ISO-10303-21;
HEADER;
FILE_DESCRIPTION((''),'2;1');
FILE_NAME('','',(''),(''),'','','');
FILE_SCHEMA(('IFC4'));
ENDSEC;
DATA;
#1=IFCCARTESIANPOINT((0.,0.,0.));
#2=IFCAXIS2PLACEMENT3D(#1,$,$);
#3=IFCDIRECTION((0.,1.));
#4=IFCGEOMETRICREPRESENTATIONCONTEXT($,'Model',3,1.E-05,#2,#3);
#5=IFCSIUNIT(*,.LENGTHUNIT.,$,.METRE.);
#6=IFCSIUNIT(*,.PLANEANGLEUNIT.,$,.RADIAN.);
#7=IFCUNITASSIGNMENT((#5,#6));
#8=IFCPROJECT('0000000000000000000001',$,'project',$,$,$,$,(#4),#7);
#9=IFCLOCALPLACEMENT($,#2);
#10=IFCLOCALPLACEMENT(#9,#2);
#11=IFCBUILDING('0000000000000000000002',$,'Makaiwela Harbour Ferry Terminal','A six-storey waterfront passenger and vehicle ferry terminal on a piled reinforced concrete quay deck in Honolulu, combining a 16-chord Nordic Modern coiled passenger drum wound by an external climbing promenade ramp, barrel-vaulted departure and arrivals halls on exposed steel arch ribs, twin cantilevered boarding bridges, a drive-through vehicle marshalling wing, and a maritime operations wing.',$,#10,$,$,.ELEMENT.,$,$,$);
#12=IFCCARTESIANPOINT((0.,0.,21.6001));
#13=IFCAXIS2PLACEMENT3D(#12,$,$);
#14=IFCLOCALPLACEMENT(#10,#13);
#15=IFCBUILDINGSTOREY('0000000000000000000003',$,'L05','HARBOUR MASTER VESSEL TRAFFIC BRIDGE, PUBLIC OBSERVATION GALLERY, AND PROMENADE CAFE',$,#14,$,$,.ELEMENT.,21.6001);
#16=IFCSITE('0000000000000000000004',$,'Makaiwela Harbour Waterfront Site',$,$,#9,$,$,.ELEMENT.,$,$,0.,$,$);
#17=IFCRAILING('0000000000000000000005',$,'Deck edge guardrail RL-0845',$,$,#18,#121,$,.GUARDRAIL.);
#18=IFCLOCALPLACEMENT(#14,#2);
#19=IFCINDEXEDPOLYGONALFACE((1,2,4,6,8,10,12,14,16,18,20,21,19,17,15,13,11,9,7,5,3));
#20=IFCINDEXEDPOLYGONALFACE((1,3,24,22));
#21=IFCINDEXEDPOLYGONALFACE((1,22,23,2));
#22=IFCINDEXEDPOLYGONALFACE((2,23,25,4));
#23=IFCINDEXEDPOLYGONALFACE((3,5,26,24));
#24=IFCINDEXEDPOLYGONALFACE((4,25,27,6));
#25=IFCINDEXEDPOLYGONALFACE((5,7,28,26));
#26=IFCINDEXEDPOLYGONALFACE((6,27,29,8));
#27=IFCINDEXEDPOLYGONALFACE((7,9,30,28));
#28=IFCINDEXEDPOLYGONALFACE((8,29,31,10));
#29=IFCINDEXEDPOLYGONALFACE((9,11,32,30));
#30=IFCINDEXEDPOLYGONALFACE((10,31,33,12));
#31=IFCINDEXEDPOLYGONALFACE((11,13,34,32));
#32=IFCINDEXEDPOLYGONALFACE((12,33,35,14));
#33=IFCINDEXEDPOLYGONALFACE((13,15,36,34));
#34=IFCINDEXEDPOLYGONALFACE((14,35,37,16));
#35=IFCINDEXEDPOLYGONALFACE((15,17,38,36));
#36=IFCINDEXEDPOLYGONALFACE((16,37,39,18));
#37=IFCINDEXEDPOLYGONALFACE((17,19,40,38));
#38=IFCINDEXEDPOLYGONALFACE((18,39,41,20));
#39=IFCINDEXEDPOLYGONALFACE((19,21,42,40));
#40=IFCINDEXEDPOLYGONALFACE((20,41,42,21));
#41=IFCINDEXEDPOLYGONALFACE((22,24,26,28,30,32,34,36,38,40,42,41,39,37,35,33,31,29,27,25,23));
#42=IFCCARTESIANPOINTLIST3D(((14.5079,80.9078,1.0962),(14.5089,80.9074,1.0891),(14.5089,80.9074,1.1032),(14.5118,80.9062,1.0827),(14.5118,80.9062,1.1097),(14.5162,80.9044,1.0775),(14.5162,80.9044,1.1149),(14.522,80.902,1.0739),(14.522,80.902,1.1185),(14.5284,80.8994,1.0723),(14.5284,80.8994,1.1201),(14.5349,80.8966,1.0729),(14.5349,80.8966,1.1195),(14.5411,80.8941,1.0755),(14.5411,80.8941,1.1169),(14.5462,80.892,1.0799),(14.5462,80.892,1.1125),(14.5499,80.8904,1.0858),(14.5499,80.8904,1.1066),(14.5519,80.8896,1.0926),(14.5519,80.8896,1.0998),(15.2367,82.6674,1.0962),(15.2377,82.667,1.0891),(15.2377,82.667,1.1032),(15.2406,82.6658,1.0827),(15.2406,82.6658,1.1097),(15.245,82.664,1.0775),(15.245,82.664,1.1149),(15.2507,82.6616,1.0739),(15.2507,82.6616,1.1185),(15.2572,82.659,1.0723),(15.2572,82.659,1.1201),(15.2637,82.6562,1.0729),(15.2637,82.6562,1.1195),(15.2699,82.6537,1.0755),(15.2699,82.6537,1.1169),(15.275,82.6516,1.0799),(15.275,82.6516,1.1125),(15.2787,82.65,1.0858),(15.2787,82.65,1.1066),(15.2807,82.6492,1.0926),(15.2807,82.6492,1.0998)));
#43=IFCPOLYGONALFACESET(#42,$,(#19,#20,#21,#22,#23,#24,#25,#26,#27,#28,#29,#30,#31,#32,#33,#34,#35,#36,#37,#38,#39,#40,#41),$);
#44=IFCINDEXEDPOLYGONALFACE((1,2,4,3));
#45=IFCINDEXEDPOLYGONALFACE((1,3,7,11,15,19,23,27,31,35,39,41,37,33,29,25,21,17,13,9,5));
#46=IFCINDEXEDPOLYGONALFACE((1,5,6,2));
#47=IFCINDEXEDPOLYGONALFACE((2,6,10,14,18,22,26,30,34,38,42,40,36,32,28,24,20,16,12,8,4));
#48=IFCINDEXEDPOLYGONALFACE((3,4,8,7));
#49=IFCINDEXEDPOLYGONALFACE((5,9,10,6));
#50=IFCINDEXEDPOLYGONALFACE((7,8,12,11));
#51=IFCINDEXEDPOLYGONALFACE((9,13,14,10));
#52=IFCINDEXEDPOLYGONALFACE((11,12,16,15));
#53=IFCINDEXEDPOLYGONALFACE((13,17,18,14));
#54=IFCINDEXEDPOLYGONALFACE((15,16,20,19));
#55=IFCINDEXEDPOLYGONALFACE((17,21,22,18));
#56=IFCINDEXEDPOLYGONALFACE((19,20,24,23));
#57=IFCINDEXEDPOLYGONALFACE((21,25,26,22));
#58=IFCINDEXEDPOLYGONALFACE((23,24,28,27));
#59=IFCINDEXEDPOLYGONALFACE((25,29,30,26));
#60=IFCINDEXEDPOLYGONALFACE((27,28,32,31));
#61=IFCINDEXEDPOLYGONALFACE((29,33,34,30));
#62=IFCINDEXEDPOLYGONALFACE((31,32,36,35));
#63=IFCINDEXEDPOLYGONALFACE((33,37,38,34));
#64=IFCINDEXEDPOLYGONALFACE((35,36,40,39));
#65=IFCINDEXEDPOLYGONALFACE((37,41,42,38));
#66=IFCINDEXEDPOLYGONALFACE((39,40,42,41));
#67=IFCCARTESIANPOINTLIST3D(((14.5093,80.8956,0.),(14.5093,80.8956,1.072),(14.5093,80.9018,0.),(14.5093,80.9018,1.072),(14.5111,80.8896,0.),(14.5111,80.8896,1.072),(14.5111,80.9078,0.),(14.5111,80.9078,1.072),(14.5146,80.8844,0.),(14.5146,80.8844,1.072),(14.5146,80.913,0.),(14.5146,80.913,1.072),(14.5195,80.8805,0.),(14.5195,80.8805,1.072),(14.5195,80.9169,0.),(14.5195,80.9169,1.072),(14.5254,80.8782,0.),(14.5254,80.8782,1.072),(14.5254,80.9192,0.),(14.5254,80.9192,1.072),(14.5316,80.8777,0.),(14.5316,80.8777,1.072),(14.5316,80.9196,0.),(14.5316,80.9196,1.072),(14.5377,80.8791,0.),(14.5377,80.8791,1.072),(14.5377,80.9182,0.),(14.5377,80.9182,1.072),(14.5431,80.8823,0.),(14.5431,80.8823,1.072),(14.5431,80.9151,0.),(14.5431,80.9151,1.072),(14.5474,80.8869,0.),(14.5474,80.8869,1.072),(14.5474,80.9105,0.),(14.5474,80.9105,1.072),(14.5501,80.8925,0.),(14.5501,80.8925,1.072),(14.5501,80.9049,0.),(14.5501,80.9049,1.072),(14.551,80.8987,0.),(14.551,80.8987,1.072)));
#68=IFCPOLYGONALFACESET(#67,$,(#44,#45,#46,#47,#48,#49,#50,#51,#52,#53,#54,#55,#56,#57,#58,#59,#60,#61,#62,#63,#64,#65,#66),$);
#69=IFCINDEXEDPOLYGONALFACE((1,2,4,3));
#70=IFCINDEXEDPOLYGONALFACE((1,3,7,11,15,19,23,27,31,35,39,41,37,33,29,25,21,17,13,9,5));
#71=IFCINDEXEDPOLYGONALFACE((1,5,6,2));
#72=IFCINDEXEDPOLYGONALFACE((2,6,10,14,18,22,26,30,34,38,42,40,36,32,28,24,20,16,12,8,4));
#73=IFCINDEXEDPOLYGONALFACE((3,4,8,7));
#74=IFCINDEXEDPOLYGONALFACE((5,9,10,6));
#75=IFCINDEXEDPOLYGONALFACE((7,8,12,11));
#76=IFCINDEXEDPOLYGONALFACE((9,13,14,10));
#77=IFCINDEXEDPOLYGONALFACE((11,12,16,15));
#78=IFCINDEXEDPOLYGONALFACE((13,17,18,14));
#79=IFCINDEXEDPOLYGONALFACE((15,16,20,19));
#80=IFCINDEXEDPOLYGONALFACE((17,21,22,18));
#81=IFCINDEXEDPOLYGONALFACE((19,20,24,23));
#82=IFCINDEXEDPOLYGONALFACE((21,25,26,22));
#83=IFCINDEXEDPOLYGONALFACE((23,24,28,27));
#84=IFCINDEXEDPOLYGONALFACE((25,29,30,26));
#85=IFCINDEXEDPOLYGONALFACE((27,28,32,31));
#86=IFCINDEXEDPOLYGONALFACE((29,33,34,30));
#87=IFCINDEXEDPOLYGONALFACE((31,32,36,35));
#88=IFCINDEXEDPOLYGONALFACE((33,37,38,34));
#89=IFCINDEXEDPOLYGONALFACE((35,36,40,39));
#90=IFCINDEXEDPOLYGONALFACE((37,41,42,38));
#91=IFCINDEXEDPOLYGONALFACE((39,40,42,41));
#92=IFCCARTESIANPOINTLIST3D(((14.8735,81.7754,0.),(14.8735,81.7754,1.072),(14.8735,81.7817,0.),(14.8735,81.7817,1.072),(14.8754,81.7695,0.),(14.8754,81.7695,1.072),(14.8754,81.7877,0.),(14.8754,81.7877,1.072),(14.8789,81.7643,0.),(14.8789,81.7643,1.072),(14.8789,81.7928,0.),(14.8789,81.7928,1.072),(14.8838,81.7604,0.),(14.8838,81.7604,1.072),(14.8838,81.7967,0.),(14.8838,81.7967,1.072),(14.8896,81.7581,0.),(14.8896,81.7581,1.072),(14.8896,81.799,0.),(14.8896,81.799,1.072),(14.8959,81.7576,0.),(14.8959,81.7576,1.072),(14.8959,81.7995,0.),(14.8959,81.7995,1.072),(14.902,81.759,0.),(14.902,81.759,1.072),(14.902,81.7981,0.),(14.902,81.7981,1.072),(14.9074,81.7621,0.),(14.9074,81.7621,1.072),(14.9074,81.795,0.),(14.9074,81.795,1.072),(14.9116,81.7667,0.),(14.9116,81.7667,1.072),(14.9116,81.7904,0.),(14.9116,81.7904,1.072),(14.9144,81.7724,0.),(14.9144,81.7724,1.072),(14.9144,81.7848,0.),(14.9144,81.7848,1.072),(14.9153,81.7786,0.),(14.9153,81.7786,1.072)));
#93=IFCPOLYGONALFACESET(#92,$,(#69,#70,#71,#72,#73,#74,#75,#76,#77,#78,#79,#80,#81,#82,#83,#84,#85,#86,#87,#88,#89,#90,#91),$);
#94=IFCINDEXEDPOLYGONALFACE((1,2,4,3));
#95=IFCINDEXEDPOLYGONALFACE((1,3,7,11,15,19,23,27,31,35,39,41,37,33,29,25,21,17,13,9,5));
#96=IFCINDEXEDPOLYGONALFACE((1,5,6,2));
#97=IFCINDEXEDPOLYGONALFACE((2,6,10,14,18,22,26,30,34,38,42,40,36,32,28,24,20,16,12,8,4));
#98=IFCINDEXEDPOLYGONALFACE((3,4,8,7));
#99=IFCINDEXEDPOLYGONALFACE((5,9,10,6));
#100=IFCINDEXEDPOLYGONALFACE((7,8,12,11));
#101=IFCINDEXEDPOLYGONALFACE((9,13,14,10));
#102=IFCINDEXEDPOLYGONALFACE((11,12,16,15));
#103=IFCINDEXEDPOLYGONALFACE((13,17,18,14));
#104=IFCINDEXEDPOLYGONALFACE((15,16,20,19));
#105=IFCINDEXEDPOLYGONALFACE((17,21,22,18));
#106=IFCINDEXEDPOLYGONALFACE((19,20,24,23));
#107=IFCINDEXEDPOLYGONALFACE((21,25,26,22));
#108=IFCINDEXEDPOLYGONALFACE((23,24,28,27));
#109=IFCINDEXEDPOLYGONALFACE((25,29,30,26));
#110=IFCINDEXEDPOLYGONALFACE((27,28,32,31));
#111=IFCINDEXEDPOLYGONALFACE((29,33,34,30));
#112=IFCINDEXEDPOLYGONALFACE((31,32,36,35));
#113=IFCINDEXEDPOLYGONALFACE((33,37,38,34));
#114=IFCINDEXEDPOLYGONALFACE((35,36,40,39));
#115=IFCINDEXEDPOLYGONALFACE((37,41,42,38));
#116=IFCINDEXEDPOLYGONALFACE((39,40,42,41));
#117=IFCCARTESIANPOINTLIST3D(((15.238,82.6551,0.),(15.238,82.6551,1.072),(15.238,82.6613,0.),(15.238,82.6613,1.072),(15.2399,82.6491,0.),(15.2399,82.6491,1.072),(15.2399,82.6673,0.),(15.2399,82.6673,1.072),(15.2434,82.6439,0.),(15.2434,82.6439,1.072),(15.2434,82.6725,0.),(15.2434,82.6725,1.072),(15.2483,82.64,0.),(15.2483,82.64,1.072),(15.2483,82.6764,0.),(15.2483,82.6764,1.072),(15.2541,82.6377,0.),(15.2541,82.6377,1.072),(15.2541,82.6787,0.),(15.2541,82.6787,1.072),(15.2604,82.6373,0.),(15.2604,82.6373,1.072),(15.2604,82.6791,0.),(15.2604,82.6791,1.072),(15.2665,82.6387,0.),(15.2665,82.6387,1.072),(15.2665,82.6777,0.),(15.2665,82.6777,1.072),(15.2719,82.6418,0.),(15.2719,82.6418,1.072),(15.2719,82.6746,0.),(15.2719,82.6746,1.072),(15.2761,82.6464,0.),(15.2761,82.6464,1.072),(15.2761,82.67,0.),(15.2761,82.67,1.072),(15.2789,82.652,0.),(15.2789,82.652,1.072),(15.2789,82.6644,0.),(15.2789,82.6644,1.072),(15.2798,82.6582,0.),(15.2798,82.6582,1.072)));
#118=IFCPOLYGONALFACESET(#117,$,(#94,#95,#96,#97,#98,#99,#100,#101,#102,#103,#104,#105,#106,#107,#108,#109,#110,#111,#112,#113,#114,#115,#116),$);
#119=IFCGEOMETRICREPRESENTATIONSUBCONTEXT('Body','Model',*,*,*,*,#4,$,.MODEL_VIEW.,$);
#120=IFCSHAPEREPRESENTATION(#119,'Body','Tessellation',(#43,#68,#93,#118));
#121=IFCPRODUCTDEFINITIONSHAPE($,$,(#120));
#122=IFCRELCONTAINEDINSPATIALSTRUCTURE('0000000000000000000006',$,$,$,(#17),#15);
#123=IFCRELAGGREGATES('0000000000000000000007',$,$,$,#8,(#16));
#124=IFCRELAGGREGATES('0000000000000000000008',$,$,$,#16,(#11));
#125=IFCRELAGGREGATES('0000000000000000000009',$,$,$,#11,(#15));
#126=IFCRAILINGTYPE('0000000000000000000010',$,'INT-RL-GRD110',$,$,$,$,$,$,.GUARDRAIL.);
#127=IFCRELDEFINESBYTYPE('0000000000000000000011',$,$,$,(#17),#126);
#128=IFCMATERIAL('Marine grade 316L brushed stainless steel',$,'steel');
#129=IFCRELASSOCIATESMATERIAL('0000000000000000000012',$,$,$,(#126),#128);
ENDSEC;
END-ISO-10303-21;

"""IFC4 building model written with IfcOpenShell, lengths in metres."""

from ifc_helpers import new_model, si_unit, direction, frame, origin, origin_2d, place, context, subcontext, project, spatial, circle, extrude, material, type_object, element, save


model = new_model("IFC4")

# Units and contexts
model_context = context("Model", 3, precision=1e-05, world=origin(), true_north=direction((0.0, 1.0)))
body_context = subcontext(model_context, "Body", "Model", "MODEL_VIEW")
ifc_project = project(units=[si_unit("LENGTHUNIT", "METRE"), si_unit("PLANEANGLEUNIT", "RADIAN")], contexts=[model_context])

# Site, building, storey
site_placement = place(None, origin())
site = spatial("IfcSite", under=ifc_project, at=site_placement, Name="Makaiwela Harbour Waterfront Site", CompositionType="ELEMENT", RefElevation=0.0)
building_placement = place(site_placement, origin())
building = spatial("IfcBuilding", under=site, at=building_placement, Name="Makaiwela Harbour Ferry Terminal", Description="A six-storey waterfront passenger and vehicle ferry terminal on a piled reinforced concrete quay deck in Honolulu, combining a 16-chord Nordic Modern coiled passenger drum wound by an external climbing promenade ramp, barrel-vaulted departure and arrivals halls on exposed steel arch ribs, twin cantilevered boarding bridges, a drive-through vehicle marshalling wing, and a maritime operations wing.", CompositionType="ELEMENT")
storey_placement = place(building_placement, frame((0.0, 0.0, 21.6001)))
storey = spatial("IfcBuildingStorey", under=building, at=storey_placement, Name="L05", Description="HARBOUR MASTER VESSEL TRAFFIC BRIDGE, PUBLIC OBSERVATION GALLERY, AND PROMENADE CAFE", CompositionType="ELEMENT", Elevation=21.6001)

# Railing
ifc_material_1 = material(Name="Marine grade 316L brushed stainless steel", Category="steel")
railing_type = type_object("IfcRailingType", Name="INT-RL-GRD110", PredefinedType="GUARDRAIL", material=ifc_material_1)
railing_1_placement = place(storey_placement, frame((14.53, 80.8987, 0.0)))
element("IfcRailing", 1, at=railing_1_placement, inside=storey, type_object=railing_type, Name="Deck edge guardrail RL-0845", PredefinedType="GUARDRAIL", context=body_context, shape_type="SweptSolid", body=[
    extrude(circle(Radius=0.0239, at=origin_2d()), frame((0.0, 0.0, 1.0962), z_axis=(0.382657, 0.92389, 0.0), x_axis=(-0.92389, 0.382657, 0.0)), (0.0, 0.0, 1.0), 1.9045),
    extrude(circle(Radius=0.021, at=origin_2d()), origin(), (0.0, 0.0, 1.0), 1.072),
    extrude(circle(Radius=0.021, at=origin_2d()), frame((0.3643, 0.8799, 0.0)), (0.0, 0.0, 1.0), 1.072),
    extrude(circle(Radius=0.021, at=origin_2d()), frame((0.7288, 1.7595, 0.0)), (0.0, 0.0, 1.0), 1.072),
])

save(model, "model.ifc")
